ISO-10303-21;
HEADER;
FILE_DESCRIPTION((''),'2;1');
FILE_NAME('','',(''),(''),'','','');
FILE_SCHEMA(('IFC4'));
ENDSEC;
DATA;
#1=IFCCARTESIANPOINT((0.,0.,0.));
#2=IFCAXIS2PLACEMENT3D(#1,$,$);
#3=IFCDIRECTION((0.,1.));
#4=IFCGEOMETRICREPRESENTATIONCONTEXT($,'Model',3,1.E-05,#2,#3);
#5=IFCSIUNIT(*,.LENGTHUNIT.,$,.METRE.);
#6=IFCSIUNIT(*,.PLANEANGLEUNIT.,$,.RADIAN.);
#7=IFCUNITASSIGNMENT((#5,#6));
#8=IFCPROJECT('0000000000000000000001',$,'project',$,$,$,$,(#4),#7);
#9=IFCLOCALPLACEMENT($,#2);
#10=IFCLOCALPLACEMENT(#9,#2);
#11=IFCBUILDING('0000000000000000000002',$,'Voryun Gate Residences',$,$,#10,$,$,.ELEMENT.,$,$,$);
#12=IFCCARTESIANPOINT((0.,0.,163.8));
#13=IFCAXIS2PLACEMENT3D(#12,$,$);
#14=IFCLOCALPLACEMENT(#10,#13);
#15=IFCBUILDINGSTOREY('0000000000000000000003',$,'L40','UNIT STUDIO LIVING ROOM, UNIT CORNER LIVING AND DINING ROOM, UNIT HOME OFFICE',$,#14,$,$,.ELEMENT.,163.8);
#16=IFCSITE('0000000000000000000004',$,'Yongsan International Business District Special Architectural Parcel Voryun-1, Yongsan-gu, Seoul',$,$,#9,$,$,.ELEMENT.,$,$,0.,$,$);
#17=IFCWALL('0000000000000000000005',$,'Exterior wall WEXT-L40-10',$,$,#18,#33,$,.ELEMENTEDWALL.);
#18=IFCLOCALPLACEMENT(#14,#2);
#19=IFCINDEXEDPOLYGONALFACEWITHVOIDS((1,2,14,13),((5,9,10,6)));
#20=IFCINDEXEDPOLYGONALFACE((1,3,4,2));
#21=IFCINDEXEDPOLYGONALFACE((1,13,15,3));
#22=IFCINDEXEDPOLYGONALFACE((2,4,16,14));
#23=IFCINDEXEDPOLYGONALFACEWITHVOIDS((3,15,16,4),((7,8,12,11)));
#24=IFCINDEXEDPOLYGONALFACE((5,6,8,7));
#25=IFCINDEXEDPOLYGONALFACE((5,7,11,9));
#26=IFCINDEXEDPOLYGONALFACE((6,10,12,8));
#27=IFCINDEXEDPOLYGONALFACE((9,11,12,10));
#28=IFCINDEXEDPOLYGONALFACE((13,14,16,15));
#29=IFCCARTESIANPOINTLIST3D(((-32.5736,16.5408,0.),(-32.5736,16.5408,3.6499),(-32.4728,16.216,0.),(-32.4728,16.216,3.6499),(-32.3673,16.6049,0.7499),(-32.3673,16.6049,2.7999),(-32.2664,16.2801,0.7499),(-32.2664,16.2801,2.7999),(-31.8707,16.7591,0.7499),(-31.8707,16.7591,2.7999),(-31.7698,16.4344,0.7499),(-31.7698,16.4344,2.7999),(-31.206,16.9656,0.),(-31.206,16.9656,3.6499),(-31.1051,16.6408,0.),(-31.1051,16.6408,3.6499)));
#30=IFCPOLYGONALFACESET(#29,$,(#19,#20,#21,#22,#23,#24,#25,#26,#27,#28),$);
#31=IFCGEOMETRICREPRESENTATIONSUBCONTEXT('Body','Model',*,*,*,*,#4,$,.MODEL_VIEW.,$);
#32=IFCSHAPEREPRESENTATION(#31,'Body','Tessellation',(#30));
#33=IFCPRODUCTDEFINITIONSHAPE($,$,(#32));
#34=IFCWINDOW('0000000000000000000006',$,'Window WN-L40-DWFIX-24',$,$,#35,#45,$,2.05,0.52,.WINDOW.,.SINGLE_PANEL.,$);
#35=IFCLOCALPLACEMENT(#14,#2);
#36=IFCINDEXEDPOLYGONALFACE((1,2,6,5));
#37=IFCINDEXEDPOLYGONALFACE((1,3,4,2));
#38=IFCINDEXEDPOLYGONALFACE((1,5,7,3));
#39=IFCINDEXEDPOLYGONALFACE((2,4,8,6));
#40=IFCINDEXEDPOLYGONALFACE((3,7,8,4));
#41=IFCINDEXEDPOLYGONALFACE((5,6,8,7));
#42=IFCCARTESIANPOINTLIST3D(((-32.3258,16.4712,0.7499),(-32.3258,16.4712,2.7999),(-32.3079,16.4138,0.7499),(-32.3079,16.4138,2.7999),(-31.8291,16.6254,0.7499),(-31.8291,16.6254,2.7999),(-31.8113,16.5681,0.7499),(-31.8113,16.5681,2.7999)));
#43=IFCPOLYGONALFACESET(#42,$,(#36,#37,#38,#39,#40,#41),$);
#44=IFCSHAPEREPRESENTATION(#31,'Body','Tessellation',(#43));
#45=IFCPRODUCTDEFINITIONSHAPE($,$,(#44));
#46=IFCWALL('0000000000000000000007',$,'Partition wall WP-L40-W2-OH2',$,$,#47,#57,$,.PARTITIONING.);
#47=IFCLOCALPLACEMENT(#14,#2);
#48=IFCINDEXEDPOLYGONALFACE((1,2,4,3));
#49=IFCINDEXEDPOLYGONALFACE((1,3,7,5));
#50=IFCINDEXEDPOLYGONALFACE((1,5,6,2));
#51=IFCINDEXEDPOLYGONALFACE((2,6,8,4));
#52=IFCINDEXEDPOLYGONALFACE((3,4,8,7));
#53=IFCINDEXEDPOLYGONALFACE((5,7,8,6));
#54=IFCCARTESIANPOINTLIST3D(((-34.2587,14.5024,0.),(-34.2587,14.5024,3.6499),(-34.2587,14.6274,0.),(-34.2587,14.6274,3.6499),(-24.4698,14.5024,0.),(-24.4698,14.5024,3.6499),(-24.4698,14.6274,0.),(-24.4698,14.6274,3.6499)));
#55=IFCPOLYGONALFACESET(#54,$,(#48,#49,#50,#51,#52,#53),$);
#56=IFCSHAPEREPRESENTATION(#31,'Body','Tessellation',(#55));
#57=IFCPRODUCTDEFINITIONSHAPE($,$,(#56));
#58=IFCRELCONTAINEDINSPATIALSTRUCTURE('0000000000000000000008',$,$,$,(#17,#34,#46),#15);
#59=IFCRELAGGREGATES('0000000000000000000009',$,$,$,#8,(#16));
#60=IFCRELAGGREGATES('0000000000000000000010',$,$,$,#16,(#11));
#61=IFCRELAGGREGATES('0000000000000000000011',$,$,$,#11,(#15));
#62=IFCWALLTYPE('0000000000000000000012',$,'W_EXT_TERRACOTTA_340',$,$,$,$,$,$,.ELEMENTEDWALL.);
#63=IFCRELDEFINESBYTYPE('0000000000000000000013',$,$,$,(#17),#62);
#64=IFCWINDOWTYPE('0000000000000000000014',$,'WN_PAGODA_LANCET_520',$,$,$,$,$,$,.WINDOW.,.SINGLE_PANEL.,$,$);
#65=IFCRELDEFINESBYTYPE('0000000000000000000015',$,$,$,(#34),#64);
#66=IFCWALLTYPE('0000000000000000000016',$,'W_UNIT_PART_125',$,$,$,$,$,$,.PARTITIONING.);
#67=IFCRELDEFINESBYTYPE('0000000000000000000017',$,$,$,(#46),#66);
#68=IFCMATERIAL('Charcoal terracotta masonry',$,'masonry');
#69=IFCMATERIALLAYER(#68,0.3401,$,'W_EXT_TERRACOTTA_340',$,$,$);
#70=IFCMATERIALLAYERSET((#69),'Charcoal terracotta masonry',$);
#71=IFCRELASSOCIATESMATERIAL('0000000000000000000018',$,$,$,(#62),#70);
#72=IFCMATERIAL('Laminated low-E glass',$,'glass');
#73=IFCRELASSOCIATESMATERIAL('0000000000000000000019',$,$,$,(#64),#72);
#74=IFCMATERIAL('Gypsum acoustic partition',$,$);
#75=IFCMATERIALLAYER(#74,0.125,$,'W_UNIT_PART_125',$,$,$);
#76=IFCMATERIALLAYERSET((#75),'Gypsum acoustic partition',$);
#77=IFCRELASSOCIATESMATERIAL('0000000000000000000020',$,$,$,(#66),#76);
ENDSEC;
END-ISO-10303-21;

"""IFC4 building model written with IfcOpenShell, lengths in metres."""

from ifc_helpers import new_model, si_unit, direction, frame, frame_2d, origin, place, context, subcontext, project, spatial, rectangle, extrude, material, layer, layer_set, type_object, element, fill, save


model = new_model("IFC4")

# Units and contexts
model_context = context("Model", 3, precision=1e-05, world=origin(), true_north=direction((0.0, 1.0)))
body_context = subcontext(model_context, "Body", "Model", "MODEL_VIEW")
ifc_project = project(units=[si_unit("LENGTHUNIT", "METRE"), si_unit("PLANEANGLEUNIT", "RADIAN")], contexts=[model_context])

# Site, building, storey
site_placement = place(None, origin())
site = spatial("IfcSite", under=ifc_project, at=site_placement, Name="Yongsan International Business District Special Architectural Parcel Voryun-1, Yongsan-gu, Seoul", CompositionType="ELEMENT", RefElevation=0.0)
building_placement = place(site_placement, origin())
building = spatial("IfcBuilding", under=site, at=building_placement, Name="Voryun Gate Residences", CompositionType="ELEMENT")
storey_placement = place(building_placement, frame((0.0, 0.0, 163.8)))
storey = spatial("IfcBuildingStorey", under=building, at=storey_placement, Name="L40", Description="UNIT STUDIO LIVING ROOM, UNIT CORNER LIVING AND DINING ROOM, UNIT HOME OFFICE", CompositionType="ELEMENT", Elevation=163.8)

# Shared definitions
ifc_material_1 = material(Name="Charcoal terracotta masonry", Category="masonry")
ifc_layer_1 = layer(ifc_material_1, 0.3401, Name="W_EXT_TERRACOTTA_340")
ifc_layer_set_1 = layer_set([ifc_layer_1], Name="Charcoal terracotta masonry")
wall_type_1 = type_object("IfcWallType", Name="W_EXT_TERRACOTTA_340", PredefinedType="ELEMENTEDWALL", material=ifc_layer_set_1)

# Wall, opening, window
wall_1_placement = place(storey_placement, frame((-32.5232, 16.3784, 0.0), z_axis=(0.0, 0.0, 1.0), x_axis=(0.954994, 0.296624, 0.0)))
wall_1 = element("IfcWall", 1, at=wall_1_placement, inside=storey, type_object=wall_type_1, Name="Exterior wall WEXT-L40-10", PredefinedType="ELEMENTEDWALL", context=body_context, shape_type="SweptSolid", body=[
    extrude(rectangle(XDim=1.4321, YDim=0.3401, at=frame_2d((0.7161, 0.0))), origin(), (0.0, 0.0, 1.0), 3.6499),
])
opening_1_placement = place(wall_1_placement, frame((0.2161, 0.0, 0.75)))
opening_1 = element("IfcOpeningElement", 2, at=opening_1_placement, cuts=wall_1, PredefinedType="OPENING", context=body_context, shape_type="SweptSolid", body=[
    extrude(rectangle(XDim=0.52, YDim=2.05, at=frame_2d((0.26, 1.0249))), frame((0.0, 0.1799, 0.0), z_axis=(0.0, -1.0, 0.0), x_axis=(1.0, 0.0, 0.0)), (0.0, 0.0, 1.0), 0.3601),
])
ifc_material_2 = material(Name="Laminated low-E glass", Category="glass")
window_type_1 = type_object("IfcWindowType", Name="WN_PAGODA_LANCET_520", PartitioningType="SINGLE_PANEL", PredefinedType="WINDOW", material=ifc_material_2)
window_1_placement = place(opening_1_placement, origin())
window_1 = element("IfcWindow", 3, at=window_1_placement, inside=storey, type_object=window_type_1, Name="Window WN-L40-DWFIX-24", OverallHeight=2.05, OverallWidth=0.52, PartitioningType="SINGLE_PANEL", PredefinedType="WINDOW", context=body_context, shape_type="SweptSolid", body=[
    extrude(rectangle(XDim=0.52, YDim=2.05, at=frame_2d((0.26, 1.0249))), frame((0.0, 0.03, 0.0), z_axis=(0.0, -1.0, 0.0), x_axis=(1.0, 0.0, 0.0)), (0.0, 0.0, 1.0), 0.0601),
])
fill(opening_1, window_1)

# Wall
ifc_material_3 = material(Name="Gypsum acoustic partition")
ifc_layer_2 = layer(ifc_material_3, 0.125, Name="W_UNIT_PART_125")
ifc_layer_set_2 = layer_set([ifc_layer_2], Name="Gypsum acoustic partition")
wall_type_2 = type_object("IfcWallType", Name="W_UNIT_PART_125", PredefinedType="PARTITIONING", material=ifc_layer_set_2)
wall_2_placement = place(storey_placement, frame((-34.2588, 14.5649, 0.0), z_axis=(0.0, 0.0, 1.0), x_axis=(1.0, 0.0, 0.0)))
element("IfcWall", 4, at=wall_2_placement, inside=storey, type_object=wall_type_2, Name="Partition wall WP-L40-W2-OH2", PredefinedType="PARTITIONING", context=body_context, shape_type="SweptSolid", body=[
    extrude(rectangle(XDim=9.7888, YDim=0.125, at=frame_2d((4.8945, 0.0))), origin(), (0.0, 0.0, 1.0), 3.6499),
])

save(model, "model.ifc")
